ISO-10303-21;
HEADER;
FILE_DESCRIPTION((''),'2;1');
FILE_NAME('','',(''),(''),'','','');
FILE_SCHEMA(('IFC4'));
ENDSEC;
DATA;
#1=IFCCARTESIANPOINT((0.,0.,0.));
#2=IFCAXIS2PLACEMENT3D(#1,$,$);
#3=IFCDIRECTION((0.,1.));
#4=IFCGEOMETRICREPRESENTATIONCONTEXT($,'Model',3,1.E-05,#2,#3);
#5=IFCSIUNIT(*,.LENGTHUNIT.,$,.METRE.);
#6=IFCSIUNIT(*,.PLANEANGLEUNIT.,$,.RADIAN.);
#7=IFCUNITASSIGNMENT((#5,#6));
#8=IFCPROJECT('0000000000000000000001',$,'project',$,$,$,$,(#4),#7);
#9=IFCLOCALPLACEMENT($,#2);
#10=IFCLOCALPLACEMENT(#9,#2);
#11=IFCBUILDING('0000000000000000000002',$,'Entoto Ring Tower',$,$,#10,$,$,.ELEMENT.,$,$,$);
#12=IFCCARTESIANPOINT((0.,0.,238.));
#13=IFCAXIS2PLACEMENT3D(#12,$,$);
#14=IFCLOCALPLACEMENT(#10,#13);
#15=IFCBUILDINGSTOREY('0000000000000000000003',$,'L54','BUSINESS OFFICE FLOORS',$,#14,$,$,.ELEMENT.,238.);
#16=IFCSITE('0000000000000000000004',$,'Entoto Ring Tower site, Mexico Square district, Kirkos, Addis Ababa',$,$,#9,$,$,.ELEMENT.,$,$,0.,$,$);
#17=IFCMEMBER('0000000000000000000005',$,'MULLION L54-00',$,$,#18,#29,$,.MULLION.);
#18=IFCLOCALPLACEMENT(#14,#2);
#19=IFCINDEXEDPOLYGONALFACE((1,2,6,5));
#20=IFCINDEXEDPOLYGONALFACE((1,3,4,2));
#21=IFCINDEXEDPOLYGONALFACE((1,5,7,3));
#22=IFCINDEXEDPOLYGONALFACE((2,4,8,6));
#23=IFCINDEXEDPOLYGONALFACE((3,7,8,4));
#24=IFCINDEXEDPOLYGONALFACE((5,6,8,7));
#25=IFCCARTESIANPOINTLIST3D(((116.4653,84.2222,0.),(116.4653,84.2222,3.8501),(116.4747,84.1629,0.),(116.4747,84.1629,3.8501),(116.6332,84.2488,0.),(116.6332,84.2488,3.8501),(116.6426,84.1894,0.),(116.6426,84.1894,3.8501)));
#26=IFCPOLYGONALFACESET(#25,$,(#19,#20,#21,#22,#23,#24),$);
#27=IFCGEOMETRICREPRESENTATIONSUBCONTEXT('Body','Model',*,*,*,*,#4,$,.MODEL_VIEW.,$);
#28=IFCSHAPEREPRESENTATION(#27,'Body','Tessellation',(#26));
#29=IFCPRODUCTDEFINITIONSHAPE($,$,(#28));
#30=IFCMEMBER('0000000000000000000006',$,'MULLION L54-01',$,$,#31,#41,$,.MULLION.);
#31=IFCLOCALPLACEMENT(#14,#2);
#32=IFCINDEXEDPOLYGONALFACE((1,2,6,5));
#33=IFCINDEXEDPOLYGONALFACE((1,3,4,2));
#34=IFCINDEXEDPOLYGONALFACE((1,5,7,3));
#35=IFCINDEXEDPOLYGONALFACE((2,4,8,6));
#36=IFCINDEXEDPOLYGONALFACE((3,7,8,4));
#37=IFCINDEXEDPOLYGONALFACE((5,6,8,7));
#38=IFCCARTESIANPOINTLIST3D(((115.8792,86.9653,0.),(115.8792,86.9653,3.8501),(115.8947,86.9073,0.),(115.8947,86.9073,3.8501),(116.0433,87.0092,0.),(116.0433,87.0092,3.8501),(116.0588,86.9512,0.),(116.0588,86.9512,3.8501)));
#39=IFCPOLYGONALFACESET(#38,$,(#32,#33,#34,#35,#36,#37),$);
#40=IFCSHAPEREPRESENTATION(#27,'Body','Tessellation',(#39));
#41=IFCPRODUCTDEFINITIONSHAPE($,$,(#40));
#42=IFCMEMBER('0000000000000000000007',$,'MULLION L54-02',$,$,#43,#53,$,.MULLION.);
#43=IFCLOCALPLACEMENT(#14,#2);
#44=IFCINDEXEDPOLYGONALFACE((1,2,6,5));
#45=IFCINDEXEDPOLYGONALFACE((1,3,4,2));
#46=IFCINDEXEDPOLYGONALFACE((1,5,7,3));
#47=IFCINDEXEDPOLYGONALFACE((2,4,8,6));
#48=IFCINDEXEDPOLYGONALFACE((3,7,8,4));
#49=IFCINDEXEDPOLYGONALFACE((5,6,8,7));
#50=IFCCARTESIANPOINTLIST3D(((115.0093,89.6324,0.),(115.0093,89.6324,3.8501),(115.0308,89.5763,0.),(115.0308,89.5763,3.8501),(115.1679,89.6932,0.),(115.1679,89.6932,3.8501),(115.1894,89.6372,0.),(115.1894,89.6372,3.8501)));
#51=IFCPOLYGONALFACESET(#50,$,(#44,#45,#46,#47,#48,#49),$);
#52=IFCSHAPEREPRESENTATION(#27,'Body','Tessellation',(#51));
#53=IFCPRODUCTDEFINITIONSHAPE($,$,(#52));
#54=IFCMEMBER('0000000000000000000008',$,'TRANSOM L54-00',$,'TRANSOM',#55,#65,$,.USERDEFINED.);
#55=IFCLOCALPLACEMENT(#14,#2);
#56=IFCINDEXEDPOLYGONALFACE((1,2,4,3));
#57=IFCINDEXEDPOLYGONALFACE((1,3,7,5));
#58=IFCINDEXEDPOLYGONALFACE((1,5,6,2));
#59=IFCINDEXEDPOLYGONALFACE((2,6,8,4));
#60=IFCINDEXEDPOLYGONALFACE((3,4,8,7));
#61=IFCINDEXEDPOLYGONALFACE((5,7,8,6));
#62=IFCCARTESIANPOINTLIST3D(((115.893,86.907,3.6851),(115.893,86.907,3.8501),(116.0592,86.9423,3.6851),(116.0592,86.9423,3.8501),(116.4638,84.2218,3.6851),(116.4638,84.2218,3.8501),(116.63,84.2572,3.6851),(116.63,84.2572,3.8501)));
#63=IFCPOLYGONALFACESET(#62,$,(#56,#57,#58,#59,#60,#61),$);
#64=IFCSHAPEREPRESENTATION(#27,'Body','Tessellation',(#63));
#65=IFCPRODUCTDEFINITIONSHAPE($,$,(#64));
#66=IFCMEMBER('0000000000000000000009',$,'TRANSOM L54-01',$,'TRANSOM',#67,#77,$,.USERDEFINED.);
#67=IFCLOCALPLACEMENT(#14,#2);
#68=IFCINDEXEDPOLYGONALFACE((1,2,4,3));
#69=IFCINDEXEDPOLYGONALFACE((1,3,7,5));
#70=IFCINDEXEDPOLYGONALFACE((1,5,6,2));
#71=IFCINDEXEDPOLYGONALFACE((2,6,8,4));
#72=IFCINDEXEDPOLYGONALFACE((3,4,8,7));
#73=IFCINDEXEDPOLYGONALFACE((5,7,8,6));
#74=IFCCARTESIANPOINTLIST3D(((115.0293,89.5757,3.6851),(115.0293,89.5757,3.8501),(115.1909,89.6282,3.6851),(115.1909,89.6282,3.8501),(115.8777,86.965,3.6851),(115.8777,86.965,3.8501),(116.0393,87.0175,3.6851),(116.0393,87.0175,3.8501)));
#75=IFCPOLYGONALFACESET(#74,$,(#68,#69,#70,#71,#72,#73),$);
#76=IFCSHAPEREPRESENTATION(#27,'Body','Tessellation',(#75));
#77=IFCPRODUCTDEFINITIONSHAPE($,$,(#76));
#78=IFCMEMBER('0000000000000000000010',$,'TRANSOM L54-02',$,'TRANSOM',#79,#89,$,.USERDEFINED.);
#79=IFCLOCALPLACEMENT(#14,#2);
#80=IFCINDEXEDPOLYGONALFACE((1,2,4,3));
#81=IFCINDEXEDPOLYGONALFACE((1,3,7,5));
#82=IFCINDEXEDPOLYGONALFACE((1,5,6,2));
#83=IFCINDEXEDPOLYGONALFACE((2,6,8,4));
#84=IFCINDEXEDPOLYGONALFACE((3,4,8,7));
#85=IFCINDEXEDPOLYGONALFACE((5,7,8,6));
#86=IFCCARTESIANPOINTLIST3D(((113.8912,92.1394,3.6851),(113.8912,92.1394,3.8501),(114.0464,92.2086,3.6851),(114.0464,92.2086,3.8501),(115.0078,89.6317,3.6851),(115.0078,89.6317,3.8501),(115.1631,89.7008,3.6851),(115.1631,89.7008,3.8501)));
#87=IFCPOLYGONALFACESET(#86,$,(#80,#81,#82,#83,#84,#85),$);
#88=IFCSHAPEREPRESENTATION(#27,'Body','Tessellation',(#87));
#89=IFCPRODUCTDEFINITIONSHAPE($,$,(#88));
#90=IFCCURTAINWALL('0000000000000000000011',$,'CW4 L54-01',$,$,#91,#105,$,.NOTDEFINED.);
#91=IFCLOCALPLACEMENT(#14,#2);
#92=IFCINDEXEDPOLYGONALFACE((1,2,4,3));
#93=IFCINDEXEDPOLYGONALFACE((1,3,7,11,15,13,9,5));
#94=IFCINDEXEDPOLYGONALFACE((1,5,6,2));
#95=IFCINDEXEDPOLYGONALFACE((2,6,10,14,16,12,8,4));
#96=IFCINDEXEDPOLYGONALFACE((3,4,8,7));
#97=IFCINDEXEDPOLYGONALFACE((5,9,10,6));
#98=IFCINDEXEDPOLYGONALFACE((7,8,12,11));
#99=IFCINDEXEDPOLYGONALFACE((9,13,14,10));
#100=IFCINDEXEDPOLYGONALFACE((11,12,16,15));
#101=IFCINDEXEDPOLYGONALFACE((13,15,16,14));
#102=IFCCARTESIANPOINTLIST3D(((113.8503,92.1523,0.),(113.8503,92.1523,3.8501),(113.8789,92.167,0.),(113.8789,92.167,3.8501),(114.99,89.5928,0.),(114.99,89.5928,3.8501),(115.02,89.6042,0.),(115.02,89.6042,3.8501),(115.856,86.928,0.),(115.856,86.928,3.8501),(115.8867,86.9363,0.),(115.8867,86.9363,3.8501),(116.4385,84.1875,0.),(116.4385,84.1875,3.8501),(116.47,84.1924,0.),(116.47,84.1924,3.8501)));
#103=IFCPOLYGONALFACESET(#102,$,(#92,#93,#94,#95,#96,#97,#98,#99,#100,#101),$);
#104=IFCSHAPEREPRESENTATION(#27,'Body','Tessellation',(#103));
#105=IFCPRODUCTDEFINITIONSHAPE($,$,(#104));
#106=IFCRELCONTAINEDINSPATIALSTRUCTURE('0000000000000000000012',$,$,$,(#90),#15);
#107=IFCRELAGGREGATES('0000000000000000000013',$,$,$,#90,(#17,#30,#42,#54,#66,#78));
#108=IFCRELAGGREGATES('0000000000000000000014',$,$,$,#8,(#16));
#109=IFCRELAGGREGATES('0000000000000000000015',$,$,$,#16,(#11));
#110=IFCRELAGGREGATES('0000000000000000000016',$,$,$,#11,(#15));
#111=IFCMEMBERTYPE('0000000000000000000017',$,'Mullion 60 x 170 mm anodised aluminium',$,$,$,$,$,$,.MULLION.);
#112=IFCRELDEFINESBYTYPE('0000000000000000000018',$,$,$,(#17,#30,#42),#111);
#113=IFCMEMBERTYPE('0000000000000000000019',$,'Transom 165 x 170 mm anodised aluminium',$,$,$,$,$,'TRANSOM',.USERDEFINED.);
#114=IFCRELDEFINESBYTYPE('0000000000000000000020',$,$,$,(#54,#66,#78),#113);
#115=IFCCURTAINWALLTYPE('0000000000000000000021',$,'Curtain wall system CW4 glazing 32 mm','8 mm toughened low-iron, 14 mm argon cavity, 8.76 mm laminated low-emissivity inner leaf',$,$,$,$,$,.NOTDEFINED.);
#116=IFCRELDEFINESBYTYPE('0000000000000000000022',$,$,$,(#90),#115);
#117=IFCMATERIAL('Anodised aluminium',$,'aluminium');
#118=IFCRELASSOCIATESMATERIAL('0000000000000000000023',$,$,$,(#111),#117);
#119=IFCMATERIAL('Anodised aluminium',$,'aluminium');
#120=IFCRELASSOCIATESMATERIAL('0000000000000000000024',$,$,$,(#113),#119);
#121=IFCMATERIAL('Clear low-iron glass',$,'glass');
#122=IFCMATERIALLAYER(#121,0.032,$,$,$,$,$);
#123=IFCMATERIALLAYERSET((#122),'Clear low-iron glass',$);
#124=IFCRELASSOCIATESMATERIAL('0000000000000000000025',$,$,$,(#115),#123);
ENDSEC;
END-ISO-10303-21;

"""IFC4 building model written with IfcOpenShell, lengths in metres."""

from ifc_helpers import new_model, si_unit, direction, frame, origin, origin_2d, place, context, subcontext, project, spatial, polyline, rectangle, outline, extrude, material, layer, layer_set, material_profile, profile_set, type_object, element, aggregate, save


model = new_model("IFC4")

# Units and contexts
model_context = context("Model", 3, precision=1e-05, world=origin(), true_north=direction((0.0, 1.0)))
body_context = subcontext(model_context, "Body", "Model", "MODEL_VIEW")
ifc_project = project(units=[si_unit("LENGTHUNIT", "METRE"), si_unit("PLANEANGLEUNIT", "RADIAN")], contexts=[model_context])

# Members
ifc_material_1 = material(Name="Anodised aluminium", Category="aluminium")
ifc_material_profile_1 = material_profile(ifc_material_1, rectangle(XDim=0.0601, YDim=0.1699, at=origin_2d()), Name="Mullion 60 x 170 mm anodised aluminium")
ifc_profile_set_1 = profile_set([ifc_material_profile_1], Name="Anodised aluminium")
member_type_1 = type_object("IfcMemberType", Name="Mullion 60 x 170 mm anodised aluminium", PredefinedType="MULLION", material=ifc_profile_set_1)
site_placement = place(None, origin())
building_placement = place(site_placement, origin())
storey_placement = place(building_placement, frame((0.0, 0.0, 238.0)))
member_1_placement = place(storey_placement, frame((116.554, 84.2058, 0.0), z_axis=(0.0, 0.0, 1.0), x_axis=(-0.156434, 0.987688, 0.0)))
member_1 = element("IfcMember", 1, at=member_1_placement, type_object=member_type_1, Name="MULLION L54-00", PredefinedType="MULLION", context=body_context, shape_type="SweptSolid", body=[
    extrude(rectangle(XDim=0.0601, YDim=0.1699, at=origin_2d()), origin(), (0.0, 0.0, 1.0), 3.8501),
])
member_2_placement = place(storey_placement, frame((115.969, 86.9583, 0.0), z_axis=(0.0, 0.0, 1.0), x_axis=(-0.258819, 0.965926, 0.0)))
member_2 = element("IfcMember", 2, at=member_2_placement, type_object=member_type_1, Name="MULLION L54-01", PredefinedType="MULLION", context=body_context, shape_type="SweptSolid", body=[
    extrude(rectangle(XDim=0.0601, YDim=0.1699, at=origin_2d()), origin(), (0.0, 0.0, 1.0), 3.8501),
])
member_3_placement = place(storey_placement, frame((115.0994, 89.6348, 0.0), z_axis=(0.0, 0.0, 1.0), x_axis=(-0.358368, 0.93358, 0.0)))
member_3 = element("IfcMember", 3, at=member_3_placement, type_object=member_type_1, Name="MULLION L54-02", PredefinedType="MULLION", context=body_context, shape_type="SweptSolid", body=[
    extrude(rectangle(XDim=0.0601, YDim=0.1699, at=origin_2d()), origin(), (0.0, 0.0, 1.0), 3.8501),
])
ifc_material_2 = material(Name="Anodised aluminium", Category="aluminium")
ifc_material_profile_2 = material_profile(ifc_material_2, rectangle(XDim=0.1699, YDim=0.165, at=origin_2d()), Name="Transom 165 x 170 mm anodised aluminium")
ifc_profile_set_2 = profile_set([ifc_material_profile_2], Name="Anodised aluminium")
member_type_2 = type_object("IfcMemberType", Name="Transom 165 x 170 mm anodised aluminium", ElementType="TRANSOM", PredefinedType="USERDEFINED", material=ifc_profile_set_2)
member_4_placement = place(storey_placement, frame((116.5469, 84.2395, 3.7676), z_axis=(-0.207937, 0.978142, 0.0), x_axis=(-0.978142, -0.207937, 0.0)))
member_4 = element("IfcMember", 4, at=member_4_placement, type_object=member_type_2, Name="TRANSOM L54-00", ObjectType="TRANSOM", PredefinedType="USERDEFINED", context=body_context, shape_type="SweptSolid", body=[
    extrude(rectangle(XDim=0.1699, YDim=0.165, at=origin_2d()), origin(), (0.0, 0.0, 1.0), 2.7451),
])
member_5_placement = place(storey_placement, frame((115.9585, 86.9912, 3.7676), z_axis=(-0.309042, 0.951048, 0.0), x_axis=(-0.951048, -0.309042, 0.0)))
member_5 = element("IfcMember", 5, at=member_5_placement, type_object=member_type_2, Name="TRANSOM L54-01", ObjectType="TRANSOM", PredefinedType="USERDEFINED", context=body_context, shape_type="SweptSolid", body=[
    extrude(rectangle(XDim=0.1699, YDim=0.165, at=origin_2d()), origin(), (0.0, 0.0, 1.0), 2.7451),
])
member_6_placement = place(storey_placement, frame((115.0854, 89.6663, 3.7676), z_axis=(-0.406782, 0.913525, 0.0), x_axis=(-0.913525, -0.406782, 0.0)))
member_6 = element("IfcMember", 6, at=member_6_placement, type_object=member_type_2, Name="TRANSOM L54-02", ObjectType="TRANSOM", PredefinedType="USERDEFINED", context=body_context, shape_type="SweptSolid", body=[
    extrude(rectangle(XDim=0.1699, YDim=0.165, at=origin_2d()), origin(), (0.0, 0.0, 1.0), 2.7451),
])

# Site, building, storey
site = spatial("IfcSite", under=ifc_project, at=site_placement, Name="Entoto Ring Tower site, Mexico Square district, Kirkos, Addis Ababa", CompositionType="ELEMENT", RefElevation=0.0)
building = spatial("IfcBuilding", under=site, at=building_placement, Name="Entoto Ring Tower", CompositionType="ELEMENT")
storey = spatial("IfcBuildingStorey", under=building, at=storey_placement, Name="L54", Description="BUSINESS OFFICE FLOORS", CompositionType="ELEMENT", Elevation=238.0)

# Curtain wall
ifc_material_3 = material(Name="Clear low-iron glass", Category="glass")
ifc_layer_1 = layer(ifc_material_3, 0.032)
ifc_layer_set_1 = layer_set([ifc_layer_1], Name="Clear low-iron glass")
curtain_wall_type = type_object("IfcCurtainWallType", Name="Curtain wall system CW4 glazing 32 mm", Description="8 mm toughened low-iron, 14 mm argon cavity, 8.76 mm laminated low-emissivity inner leaf", PredefinedType="NOTDEFINED", material=ifc_layer_set_1)
curtain_wall_1_placement = place(storey_placement, origin())
curtain_wall_1 = element("IfcCurtainWall", 7, at=curtain_wall_1_placement, inside=storey, type_object=curtain_wall_type, Name="CW4 L54-01", PredefinedType="NOTDEFINED", context=body_context, shape_type="SweptSolid", body=[
    extrude(outline(polyline([(116.47, 84.1924), (115.8867, 86.9363), (115.02, 89.6042), (113.8789, 92.167), (113.8503, 92.1523), (114.99, 89.5928), (115.856, 86.928), (116.4385, 84.1875), (116.47, 84.1924)])), origin(), (0.0, 0.0, 1.0), 3.8501),
])
aggregate(curtain_wall_1, [member_1, member_2, member_3, member_4, member_5, member_6])

save(model, "model.ifc")
